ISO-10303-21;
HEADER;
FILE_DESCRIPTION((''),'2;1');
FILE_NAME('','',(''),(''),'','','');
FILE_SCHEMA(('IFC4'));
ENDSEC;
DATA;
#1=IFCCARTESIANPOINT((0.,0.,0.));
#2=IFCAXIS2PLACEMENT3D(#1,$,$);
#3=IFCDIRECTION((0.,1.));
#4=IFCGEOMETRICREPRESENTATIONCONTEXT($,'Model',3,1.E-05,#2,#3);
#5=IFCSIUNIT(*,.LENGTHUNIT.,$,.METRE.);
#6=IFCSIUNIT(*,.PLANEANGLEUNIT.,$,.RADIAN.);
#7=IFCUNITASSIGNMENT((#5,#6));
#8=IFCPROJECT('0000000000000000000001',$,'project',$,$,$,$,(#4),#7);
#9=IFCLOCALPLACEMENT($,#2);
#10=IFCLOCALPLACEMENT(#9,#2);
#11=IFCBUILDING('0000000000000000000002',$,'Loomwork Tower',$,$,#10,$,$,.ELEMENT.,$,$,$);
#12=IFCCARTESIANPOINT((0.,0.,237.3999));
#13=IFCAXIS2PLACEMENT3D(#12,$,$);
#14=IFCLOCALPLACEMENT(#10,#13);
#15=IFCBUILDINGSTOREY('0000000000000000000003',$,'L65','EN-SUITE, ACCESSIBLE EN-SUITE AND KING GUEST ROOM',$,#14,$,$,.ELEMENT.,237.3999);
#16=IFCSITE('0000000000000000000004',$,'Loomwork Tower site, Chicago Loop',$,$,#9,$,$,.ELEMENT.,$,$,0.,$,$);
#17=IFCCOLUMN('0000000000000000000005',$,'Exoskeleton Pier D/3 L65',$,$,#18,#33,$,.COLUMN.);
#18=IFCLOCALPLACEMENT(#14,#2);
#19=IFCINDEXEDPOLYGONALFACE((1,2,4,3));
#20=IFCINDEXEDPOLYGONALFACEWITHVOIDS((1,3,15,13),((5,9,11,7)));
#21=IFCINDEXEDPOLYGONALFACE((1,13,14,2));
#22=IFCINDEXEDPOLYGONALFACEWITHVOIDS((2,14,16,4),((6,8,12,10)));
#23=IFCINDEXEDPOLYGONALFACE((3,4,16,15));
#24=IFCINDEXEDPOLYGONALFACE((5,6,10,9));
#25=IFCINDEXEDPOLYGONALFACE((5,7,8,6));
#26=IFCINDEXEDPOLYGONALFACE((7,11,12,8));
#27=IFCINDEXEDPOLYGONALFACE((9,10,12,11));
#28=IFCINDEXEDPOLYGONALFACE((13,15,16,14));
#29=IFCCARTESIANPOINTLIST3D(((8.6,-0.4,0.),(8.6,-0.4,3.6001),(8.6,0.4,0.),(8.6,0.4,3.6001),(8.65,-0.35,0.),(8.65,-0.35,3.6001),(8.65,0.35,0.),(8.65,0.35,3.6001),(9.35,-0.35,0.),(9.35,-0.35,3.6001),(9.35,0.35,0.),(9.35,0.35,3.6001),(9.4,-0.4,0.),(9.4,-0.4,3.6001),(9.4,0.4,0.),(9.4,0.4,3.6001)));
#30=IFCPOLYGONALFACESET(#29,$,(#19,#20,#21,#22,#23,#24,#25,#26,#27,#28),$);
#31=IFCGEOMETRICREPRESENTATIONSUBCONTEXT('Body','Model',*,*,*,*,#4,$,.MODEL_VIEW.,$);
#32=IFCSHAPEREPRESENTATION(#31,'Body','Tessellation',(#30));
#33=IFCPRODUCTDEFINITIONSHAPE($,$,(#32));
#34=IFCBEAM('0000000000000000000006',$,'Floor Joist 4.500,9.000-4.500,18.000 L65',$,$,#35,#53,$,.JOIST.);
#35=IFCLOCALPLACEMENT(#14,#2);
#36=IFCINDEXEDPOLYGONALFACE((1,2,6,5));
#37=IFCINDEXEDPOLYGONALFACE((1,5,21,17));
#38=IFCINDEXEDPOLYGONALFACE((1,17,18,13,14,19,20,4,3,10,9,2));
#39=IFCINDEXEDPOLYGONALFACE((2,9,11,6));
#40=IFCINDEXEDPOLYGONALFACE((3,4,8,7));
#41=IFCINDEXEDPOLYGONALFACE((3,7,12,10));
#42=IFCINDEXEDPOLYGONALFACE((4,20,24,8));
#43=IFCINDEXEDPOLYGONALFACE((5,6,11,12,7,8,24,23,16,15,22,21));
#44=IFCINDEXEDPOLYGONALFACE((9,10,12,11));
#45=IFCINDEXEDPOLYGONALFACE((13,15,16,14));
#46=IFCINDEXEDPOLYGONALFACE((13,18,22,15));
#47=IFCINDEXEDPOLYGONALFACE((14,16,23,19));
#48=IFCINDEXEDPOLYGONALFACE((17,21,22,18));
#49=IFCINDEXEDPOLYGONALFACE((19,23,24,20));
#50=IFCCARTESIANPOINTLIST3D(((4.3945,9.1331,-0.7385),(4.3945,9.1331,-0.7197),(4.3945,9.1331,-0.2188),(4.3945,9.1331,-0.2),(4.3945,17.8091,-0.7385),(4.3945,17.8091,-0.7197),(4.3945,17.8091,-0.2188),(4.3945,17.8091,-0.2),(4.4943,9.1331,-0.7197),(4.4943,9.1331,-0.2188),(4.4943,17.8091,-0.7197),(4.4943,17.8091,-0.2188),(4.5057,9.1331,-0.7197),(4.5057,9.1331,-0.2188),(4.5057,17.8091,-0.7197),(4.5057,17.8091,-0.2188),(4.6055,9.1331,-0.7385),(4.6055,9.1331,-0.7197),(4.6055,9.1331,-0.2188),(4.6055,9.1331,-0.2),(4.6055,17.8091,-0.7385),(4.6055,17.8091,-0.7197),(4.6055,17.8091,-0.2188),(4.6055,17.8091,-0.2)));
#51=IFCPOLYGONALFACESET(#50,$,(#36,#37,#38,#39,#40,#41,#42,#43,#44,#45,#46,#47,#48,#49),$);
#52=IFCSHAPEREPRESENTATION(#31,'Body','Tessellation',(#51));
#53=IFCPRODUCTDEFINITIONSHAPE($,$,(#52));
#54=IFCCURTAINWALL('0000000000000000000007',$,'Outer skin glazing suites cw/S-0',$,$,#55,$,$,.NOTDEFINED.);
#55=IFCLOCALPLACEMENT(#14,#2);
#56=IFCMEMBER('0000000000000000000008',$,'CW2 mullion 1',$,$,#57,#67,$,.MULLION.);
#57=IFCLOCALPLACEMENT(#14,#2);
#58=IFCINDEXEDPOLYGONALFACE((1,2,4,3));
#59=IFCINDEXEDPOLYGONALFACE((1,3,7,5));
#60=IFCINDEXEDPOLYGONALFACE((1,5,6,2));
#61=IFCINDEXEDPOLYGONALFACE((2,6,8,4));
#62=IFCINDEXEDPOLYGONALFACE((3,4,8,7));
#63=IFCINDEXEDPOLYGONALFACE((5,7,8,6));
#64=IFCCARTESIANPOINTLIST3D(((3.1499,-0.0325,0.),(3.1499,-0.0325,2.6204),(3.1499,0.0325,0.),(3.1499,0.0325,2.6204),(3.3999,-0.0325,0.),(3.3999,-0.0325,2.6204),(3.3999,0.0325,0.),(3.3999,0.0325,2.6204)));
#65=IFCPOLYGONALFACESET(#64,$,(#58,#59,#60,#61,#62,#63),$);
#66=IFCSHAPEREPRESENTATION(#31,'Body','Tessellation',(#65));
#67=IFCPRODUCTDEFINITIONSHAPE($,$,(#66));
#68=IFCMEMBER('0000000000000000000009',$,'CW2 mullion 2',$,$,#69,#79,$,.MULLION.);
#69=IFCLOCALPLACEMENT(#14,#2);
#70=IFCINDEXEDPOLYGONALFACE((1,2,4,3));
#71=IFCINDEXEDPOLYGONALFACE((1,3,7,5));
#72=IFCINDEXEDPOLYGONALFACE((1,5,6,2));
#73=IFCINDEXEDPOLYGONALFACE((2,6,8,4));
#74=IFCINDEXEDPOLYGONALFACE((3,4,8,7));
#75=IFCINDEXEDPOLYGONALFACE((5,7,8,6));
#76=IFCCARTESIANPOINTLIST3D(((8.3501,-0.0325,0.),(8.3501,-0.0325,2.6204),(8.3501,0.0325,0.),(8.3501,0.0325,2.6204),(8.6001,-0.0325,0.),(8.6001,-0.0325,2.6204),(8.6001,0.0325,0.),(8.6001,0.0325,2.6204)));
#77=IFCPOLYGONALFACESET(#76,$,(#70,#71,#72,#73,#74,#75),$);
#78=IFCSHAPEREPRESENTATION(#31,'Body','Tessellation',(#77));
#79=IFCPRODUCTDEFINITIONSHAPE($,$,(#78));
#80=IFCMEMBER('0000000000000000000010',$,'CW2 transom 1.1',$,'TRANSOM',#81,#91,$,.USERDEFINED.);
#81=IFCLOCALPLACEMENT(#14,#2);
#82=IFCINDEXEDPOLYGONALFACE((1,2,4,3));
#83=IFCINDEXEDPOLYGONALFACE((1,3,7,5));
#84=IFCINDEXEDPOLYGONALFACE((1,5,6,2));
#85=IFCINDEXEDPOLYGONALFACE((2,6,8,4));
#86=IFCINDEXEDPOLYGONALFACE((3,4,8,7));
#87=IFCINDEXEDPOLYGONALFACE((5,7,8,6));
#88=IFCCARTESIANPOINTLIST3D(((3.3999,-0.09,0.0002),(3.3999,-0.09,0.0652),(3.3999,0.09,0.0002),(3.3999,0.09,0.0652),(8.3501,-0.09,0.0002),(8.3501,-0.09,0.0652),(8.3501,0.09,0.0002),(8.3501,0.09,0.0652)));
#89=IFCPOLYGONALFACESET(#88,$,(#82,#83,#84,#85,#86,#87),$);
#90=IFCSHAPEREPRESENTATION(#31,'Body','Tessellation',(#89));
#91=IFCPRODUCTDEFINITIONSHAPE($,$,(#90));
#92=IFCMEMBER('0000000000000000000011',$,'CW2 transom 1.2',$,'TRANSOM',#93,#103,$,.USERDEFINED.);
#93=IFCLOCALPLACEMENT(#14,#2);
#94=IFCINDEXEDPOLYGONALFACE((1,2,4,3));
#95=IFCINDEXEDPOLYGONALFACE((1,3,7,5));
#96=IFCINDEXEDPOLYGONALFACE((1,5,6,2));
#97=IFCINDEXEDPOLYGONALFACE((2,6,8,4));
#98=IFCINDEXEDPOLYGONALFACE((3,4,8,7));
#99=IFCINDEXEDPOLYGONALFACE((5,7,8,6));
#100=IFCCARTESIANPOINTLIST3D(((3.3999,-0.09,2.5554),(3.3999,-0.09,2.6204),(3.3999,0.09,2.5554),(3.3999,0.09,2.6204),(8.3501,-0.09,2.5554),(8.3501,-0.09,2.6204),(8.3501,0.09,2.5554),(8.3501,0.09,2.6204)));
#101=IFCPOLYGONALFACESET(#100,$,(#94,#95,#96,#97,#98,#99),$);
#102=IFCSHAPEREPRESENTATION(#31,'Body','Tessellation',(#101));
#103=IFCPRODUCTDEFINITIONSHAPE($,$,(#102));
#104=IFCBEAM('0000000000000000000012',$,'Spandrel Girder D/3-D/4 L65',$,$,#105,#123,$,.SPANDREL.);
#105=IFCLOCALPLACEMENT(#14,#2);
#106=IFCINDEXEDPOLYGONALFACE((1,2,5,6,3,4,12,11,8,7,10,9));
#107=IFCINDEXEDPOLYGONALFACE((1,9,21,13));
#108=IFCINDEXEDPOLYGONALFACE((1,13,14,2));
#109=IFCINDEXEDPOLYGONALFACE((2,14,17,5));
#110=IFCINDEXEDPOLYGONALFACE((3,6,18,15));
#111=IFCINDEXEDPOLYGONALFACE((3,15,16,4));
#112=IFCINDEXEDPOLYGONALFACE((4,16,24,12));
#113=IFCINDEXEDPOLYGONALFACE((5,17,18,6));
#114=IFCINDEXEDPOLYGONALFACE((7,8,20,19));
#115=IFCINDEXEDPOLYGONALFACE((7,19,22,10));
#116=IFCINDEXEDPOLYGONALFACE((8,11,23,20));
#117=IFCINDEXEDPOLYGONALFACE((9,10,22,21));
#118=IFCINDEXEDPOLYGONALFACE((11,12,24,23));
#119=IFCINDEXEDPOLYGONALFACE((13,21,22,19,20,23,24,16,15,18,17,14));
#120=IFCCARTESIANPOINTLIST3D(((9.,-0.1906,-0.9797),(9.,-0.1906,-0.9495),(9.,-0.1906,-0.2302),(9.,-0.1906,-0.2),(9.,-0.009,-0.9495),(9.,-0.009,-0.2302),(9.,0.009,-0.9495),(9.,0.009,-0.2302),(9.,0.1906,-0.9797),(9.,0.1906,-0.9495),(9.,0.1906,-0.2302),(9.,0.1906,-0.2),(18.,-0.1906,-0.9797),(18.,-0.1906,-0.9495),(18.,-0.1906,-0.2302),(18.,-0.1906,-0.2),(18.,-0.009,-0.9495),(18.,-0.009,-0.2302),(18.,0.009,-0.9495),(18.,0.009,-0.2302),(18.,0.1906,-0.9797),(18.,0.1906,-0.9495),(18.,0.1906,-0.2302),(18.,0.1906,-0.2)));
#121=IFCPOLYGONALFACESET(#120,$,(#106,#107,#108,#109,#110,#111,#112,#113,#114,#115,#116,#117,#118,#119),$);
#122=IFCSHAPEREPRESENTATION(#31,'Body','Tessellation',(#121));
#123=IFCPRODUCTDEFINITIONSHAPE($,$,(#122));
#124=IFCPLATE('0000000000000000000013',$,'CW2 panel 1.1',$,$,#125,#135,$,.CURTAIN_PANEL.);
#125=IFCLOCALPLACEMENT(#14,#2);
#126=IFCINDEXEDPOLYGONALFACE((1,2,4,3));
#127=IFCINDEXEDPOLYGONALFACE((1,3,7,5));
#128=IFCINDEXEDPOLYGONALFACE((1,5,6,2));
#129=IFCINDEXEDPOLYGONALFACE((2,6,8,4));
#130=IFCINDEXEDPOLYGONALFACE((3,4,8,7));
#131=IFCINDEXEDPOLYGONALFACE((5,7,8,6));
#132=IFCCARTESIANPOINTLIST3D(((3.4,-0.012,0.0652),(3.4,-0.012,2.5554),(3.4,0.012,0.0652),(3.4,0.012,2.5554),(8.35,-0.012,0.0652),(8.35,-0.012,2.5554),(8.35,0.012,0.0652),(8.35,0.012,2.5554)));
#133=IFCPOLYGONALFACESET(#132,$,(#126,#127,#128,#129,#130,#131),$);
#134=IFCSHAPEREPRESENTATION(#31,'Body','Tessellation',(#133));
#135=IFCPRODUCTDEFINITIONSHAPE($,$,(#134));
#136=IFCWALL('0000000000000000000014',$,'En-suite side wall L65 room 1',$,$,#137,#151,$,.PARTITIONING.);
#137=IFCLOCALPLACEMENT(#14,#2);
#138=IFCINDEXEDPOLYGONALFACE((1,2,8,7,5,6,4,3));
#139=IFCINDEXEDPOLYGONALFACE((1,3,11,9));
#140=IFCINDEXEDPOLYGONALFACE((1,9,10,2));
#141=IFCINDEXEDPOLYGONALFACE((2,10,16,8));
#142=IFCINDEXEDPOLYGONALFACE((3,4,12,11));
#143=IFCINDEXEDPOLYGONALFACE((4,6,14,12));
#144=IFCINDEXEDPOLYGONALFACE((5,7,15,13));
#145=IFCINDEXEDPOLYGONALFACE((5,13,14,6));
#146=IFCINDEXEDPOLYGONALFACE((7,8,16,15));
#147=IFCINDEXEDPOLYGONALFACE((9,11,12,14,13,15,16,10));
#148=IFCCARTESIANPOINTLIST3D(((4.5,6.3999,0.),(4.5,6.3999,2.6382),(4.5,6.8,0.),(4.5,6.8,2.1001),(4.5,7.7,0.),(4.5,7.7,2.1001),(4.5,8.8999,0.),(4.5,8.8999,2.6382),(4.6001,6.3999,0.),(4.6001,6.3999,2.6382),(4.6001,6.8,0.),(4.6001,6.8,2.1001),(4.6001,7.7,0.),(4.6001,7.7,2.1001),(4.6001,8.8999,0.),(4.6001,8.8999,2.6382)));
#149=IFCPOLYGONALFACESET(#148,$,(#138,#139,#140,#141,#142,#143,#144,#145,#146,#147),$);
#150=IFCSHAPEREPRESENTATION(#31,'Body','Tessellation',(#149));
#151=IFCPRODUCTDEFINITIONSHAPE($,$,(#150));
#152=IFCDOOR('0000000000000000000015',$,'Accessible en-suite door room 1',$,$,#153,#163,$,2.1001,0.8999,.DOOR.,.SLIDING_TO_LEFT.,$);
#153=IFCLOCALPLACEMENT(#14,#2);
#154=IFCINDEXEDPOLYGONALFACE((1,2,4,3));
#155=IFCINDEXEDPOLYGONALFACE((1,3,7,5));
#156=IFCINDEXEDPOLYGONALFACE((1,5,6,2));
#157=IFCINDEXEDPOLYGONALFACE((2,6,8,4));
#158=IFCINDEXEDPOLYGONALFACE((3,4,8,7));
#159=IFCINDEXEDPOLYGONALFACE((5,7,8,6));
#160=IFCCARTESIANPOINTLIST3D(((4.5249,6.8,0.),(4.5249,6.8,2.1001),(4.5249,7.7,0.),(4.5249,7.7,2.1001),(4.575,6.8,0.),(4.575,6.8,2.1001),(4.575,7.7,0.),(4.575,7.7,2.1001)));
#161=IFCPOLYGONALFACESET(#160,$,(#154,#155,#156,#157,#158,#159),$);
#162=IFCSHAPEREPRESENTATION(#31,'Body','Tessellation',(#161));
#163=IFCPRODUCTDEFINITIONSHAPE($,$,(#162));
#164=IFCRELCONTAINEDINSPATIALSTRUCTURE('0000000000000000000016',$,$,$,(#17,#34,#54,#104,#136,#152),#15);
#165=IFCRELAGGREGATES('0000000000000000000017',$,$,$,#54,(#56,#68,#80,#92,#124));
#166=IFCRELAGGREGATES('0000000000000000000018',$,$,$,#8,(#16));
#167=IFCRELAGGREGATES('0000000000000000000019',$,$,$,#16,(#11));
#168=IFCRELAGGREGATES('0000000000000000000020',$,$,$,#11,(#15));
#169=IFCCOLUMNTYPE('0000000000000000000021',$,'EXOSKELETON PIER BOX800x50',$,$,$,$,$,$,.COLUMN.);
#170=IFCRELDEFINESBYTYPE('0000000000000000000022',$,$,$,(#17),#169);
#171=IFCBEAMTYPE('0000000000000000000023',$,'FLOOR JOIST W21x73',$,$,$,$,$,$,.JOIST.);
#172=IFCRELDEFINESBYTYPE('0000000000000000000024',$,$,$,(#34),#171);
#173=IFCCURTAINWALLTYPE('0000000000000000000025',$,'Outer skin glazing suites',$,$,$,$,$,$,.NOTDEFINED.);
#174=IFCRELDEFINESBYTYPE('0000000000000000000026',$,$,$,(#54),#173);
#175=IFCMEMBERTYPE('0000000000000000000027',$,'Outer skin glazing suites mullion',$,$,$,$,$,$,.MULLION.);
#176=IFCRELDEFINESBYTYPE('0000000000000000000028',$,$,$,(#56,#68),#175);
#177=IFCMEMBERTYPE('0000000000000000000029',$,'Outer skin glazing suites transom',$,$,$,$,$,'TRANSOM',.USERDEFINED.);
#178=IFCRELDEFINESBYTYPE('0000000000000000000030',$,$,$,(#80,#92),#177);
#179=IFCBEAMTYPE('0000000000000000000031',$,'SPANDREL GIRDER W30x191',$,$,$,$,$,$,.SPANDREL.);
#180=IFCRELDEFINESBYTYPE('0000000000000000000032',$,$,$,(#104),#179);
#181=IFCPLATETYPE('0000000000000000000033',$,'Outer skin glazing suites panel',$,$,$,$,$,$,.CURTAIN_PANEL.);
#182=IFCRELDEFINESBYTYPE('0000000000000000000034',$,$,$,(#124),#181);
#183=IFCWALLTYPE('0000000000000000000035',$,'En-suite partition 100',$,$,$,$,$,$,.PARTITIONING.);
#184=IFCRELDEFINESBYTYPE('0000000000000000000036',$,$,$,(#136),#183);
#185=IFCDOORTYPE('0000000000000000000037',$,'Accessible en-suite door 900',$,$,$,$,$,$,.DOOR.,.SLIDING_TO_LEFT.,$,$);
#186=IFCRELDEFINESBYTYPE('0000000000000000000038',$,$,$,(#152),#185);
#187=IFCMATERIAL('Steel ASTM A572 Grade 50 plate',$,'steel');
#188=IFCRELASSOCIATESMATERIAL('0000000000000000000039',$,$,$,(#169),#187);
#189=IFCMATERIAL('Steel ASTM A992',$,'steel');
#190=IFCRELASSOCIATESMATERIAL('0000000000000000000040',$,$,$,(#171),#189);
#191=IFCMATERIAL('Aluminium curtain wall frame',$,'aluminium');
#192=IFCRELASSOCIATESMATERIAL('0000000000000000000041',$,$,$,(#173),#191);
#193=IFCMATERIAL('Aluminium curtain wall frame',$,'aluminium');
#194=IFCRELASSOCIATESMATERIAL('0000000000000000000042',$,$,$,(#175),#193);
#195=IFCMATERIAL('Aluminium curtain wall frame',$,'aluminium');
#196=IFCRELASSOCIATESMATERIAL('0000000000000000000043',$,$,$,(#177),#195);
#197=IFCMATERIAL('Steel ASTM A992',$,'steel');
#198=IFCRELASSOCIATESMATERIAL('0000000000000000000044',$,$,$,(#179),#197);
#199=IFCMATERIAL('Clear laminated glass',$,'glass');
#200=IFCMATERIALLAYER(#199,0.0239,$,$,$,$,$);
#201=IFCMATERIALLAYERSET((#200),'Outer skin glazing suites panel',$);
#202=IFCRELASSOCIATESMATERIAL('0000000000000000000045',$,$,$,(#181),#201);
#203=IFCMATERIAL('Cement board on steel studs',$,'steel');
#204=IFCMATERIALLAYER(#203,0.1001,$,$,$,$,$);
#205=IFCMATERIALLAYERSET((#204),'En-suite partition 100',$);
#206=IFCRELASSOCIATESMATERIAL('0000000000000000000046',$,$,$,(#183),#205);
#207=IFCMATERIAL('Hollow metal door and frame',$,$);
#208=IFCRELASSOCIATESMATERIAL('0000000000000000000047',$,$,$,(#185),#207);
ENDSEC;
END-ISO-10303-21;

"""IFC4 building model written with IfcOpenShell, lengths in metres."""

from ifc_helpers import new_model, si_unit, direction, frame, frame_2d, origin, origin_2d, place, context, subcontext, project, spatial, rectangle, hollow_rectangle, i_section, extrude, material, layer, layer_set, material_profile, profile_set, type_object, element, fill, aggregate, save


model = new_model("IFC4")

# Units and contexts
model_context = context("Model", 3, precision=1e-05, world=origin(), true_north=direction((0.0, 1.0)))
body_context = subcontext(model_context, "Body", "Model", "MODEL_VIEW")
ifc_project = project(units=[si_unit("LENGTHUNIT", "METRE"), si_unit("PLANEANGLEUNIT", "RADIAN")], contexts=[model_context])

# Site, building, storey
site_placement = place(None, origin())
site = spatial("IfcSite", under=ifc_project, at=site_placement, Name="Loomwork Tower site, Chicago Loop", CompositionType="ELEMENT", RefElevation=0.0)
building_placement = place(site_placement, origin())
building = spatial("IfcBuilding", under=site, at=building_placement, Name="Loomwork Tower", CompositionType="ELEMENT")
storey_placement = place(building_placement, frame((0.0, 0.0, 237.3999)))
storey = spatial("IfcBuildingStorey", under=building, at=storey_placement, Name="L65", Description="EN-SUITE, ACCESSIBLE EN-SUITE AND KING GUEST ROOM", CompositionType="ELEMENT", Elevation=237.3999)

# Column
ifc_material_1 = material(Name="Steel ASTM A572 Grade 50 plate", Category="steel")
ifc_material_profile_1 = material_profile(ifc_material_1, hollow_rectangle(XDim=0.8, YDim=0.8, WallThickness=0.05, at=origin_2d()), Name="BOX800x50")
ifc_profile_set_1 = profile_set([ifc_material_profile_1], Name="Steel ASTM A572 Grade 50 plate")
column_type = type_object("IfcColumnType", Name="EXOSKELETON PIER BOX800x50", PredefinedType="COLUMN", material=ifc_profile_set_1)
column_placement = place(storey_placement, frame((9.0, 0.0, 0.0), z_axis=(0.0, 0.0, 1.0), x_axis=(1.0, 0.0, 0.0)))
element("IfcColumn", 1, at=column_placement, inside=storey, type_object=column_type, Name="Exoskeleton Pier D/3 L65", PredefinedType="COLUMN", context=body_context, shape_type="SweptSolid", body=[
    extrude(hollow_rectangle(XDim=0.8, YDim=0.8, WallThickness=0.05, at=origin_2d()), origin(), (0.0, 0.0, 1.0), 3.6001),
])

# Beam
ifc_material_2 = material(Name="Steel ASTM A992", Category="steel")
ifc_material_profile_2 = material_profile(ifc_material_2, i_section(OverallWidth=0.2109, OverallDepth=0.5386, WebThickness=0.0115, FlangeThickness=0.0188, at=origin_2d()), Name="W21x73")
ifc_profile_set_2 = profile_set([ifc_material_profile_2], Name="Steel ASTM A992")
beam_type_1 = type_object("IfcBeamType", Name="FLOOR JOIST W21x73", PredefinedType="JOIST", material=ifc_profile_set_2)
beam_1_placement = place(storey_placement, frame((4.5, 9.1331, -0.4692), z_axis=(0.0, 1.0, 0.0), x_axis=(-1.0, 0.0, 0.0)))
element("IfcBeam", 2, at=beam_1_placement, inside=storey, type_object=beam_type_1, Name="Floor Joist 4.500,9.000-4.500,18.000 L65", PredefinedType="JOIST", context=body_context, shape_type="SweptSolid", body=[
    extrude(i_section(OverallWidth=0.2109, OverallDepth=0.5386, WebThickness=0.0115, FlangeThickness=0.0188, at=origin_2d()), origin(), (0.0, 0.0, 1.0), 8.676),
])

# Curtain wall, members
ifc_material_3 = material(Name="Aluminium curtain wall frame", Category="aluminium")
curtain_wall_type = type_object("IfcCurtainWallType", Name="Outer skin glazing suites", PredefinedType="NOTDEFINED", material=ifc_material_3)
curtain_wall_placement = place(storey_placement, origin())
curtain_wall = element("IfcCurtainWall", 3, at=curtain_wall_placement, inside=storey, type_object=curtain_wall_type, Name="Outer skin glazing suites cw/S-0", PredefinedType="NOTDEFINED")
ifc_material_4 = material(Name="Aluminium curtain wall frame", Category="aluminium")
ifc_material_profile_3 = material_profile(ifc_material_4, rectangle(XDim=0.0649, YDim=0.25, at=origin_2d()), Name="AL 65x250")
ifc_profile_set_3 = profile_set([ifc_material_profile_3], Name="Aluminium curtain wall frame")
member_type_1 = type_object("IfcMemberType", Name="Outer skin glazing suites mullion", PredefinedType="MULLION", material=ifc_profile_set_3)
member_1_placement = place(storey_placement, frame((3.2749, 0.0, 0.0), z_axis=(0.0, 0.0, 1.0), x_axis=(0.0, 1.0, 0.0)))
member_1 = element("IfcMember", 4, at=member_1_placement, type_object=member_type_1, Name="CW2 mullion 1", PredefinedType="MULLION", context=body_context, shape_type="SweptSolid", body=[
    extrude(rectangle(XDim=0.0649, YDim=0.25, at=origin_2d()), origin(), (0.0, 0.0, 1.0), 2.6204),
])
member_2_placement = place(storey_placement, frame((8.4751, 0.0, 0.0), z_axis=(0.0, 0.0, 1.0), x_axis=(0.0, 1.0, 0.0)))
member_2 = element("IfcMember", 5, at=member_2_placement, type_object=member_type_1, Name="CW2 mullion 2", PredefinedType="MULLION", context=body_context, shape_type="SweptSolid", body=[
    extrude(rectangle(XDim=0.0649, YDim=0.25, at=origin_2d()), origin(), (0.0, 0.0, 1.0), 2.6204),
])
ifc_material_5 = material(Name="Aluminium curtain wall frame", Category="aluminium")
ifc_material_profile_4 = material_profile(ifc_material_5, rectangle(XDim=0.1799, YDim=0.0649, at=origin_2d()), Name="AL 65x180")
ifc_profile_set_4 = profile_set([ifc_material_profile_4], Name="Aluminium curtain wall frame")
member_type_2 = type_object("IfcMemberType", Name="Outer skin glazing suites transom", ElementType="TRANSOM", PredefinedType="USERDEFINED", material=ifc_profile_set_4)
member_3_placement = place(storey_placement, frame((3.3999, 0.0, 0.0327), z_axis=(1.0, 0.0, 0.0), x_axis=(0.0, 1.0, 0.0)))
member_3 = element("IfcMember", 6, at=member_3_placement, type_object=member_type_2, Name="CW2 transom 1.1", ObjectType="TRANSOM", PredefinedType="USERDEFINED", context=body_context, shape_type="SweptSolid", body=[
    extrude(rectangle(XDim=0.1799, YDim=0.0649, at=origin_2d()), origin(), (0.0, 0.0, 1.0), 4.9502),
])
member_4_placement = place(storey_placement, frame((3.3999, 0.0, 2.5879), z_axis=(1.0, 0.0, 0.0), x_axis=(0.0, 1.0, 0.0)))
member_4 = element("IfcMember", 7, at=member_4_placement, type_object=member_type_2, Name="CW2 transom 1.2", ObjectType="TRANSOM", PredefinedType="USERDEFINED", context=body_context, shape_type="SweptSolid", body=[
    extrude(rectangle(XDim=0.1799, YDim=0.0649, at=origin_2d()), origin(), (0.0, 0.0, 1.0), 4.9502),
])

# Beam
ifc_material_6 = material(Name="Steel ASTM A992", Category="steel")
ifc_material_profile_5 = material_profile(ifc_material_6, i_section(OverallWidth=0.3811, OverallDepth=0.7798, WebThickness=0.0181, FlangeThickness=0.0303, at=origin_2d()), Name="W30x191")
ifc_profile_set_5 = profile_set([ifc_material_profile_5], Name="Steel ASTM A992")
beam_type_2 = type_object("IfcBeamType", Name="SPANDREL GIRDER W30x191", PredefinedType="SPANDREL", material=ifc_profile_set_5)
beam_2_placement = place(storey_placement, frame((9.0, 0.0, -0.5898), z_axis=(1.0, 0.0, 0.0), x_axis=(0.0, 1.0, 0.0)))
element("IfcBeam", 8, at=beam_2_placement, inside=storey, type_object=beam_type_2, Name="Spandrel Girder D/3-D/4 L65", PredefinedType="SPANDREL", context=body_context, shape_type="SweptSolid", body=[
    extrude(i_section(OverallWidth=0.3811, OverallDepth=0.7798, WebThickness=0.0181, FlangeThickness=0.0303, at=origin_2d()), origin(), (0.0, 0.0, 1.0), 9.0),
])

# Plate
ifc_material_7 = material(Name="Clear laminated glass", Category="glass")
ifc_layer_1 = layer(ifc_material_7, 0.0239)
ifc_layer_set_1 = layer_set([ifc_layer_1], Name="Outer skin glazing suites panel")
plate_type = type_object("IfcPlateType", Name="Outer skin glazing suites panel", PredefinedType="CURTAIN_PANEL", material=ifc_layer_set_1)
plate_placement = place(storey_placement, frame((5.875, 0.0, 0.0652), z_axis=(0.0, 0.0, 1.0), x_axis=(1.0, 0.0, 0.0)))
plate = element("IfcPlate", 9, at=plate_placement, type_object=plate_type, Name="CW2 panel 1.1", PredefinedType="CURTAIN_PANEL", context=body_context, shape_type="SweptSolid", body=[
    extrude(rectangle(XDim=4.95, YDim=0.0239, at=origin_2d()), origin(), (0.0, 0.0, 1.0), 2.4902),
])
aggregate(curtain_wall, [member_1, member_2, member_3, member_4, plate])

# Wall, opening, door
ifc_material_8 = material(Name="Cement board on steel studs", Category="steel")
ifc_layer_2 = layer(ifc_material_8, 0.1001)
ifc_layer_set_2 = layer_set([ifc_layer_2], Name="En-suite partition 100")
wall_type_1 = type_object("IfcWallType", Name="En-suite partition 100", PredefinedType="PARTITIONING", material=ifc_layer_set_2)
wall_1_placement = place(storey_placement, frame((4.55, 8.8999, 0.0), z_axis=(0.0, 0.0, 1.0), x_axis=(0.0, -1.0, 0.0)))
wall_1 = element("IfcWall", 10, at=wall_1_placement, inside=storey, type_object=wall_type_1, Name="En-suite side wall L65 room 1", PredefinedType="PARTITIONING", context=body_context, shape_type="SweptSolid", body=[
    extrude(rectangle(XDim=2.5, YDim=0.1001, at=frame_2d((1.25, 0.0))), origin(), (0.0, 0.0, 1.0), 2.6382),
])
opening_1_placement = place(wall_1_placement, frame((1.2, 0.0, 0.0)))
opening_1 = element("IfcOpeningElement", 11, at=opening_1_placement, cuts=wall_1, PredefinedType="OPENING", context=body_context, shape_type="SweptSolid", body=[
    extrude(rectangle(XDim=0.8999, YDim=2.1001, at=frame_2d((0.45, 1.05))), frame((0.0, 0.0601, 0.0), z_axis=(0.0, -1.0, 0.0), x_axis=(1.0, 0.0, 0.0)), (0.0, 0.0, 1.0), 0.1201),
])
ifc_material_9 = material(Name="Hollow metal door and frame")
door_type = type_object("IfcDoorType", Name="Accessible en-suite door 900", OperationType="SLIDING_TO_LEFT", PredefinedType="DOOR", material=ifc_material_9)
door_placement = place(opening_1_placement, origin())
door = element("IfcDoor", 12, at=door_placement, inside=storey, type_object=door_type, Name="Accessible en-suite door room 1", OperationType="SLIDING_TO_LEFT", OverallHeight=2.1001, OverallWidth=0.8999, PredefinedType="DOOR", context=body_context, shape_type="SweptSolid", body=[
    extrude(rectangle(XDim=0.8999, YDim=2.1001, at=frame_2d((0.45, 1.05))), frame((0.0, 0.0249, 0.0), z_axis=(0.0, -1.0, 0.0), x_axis=(1.0, 0.0, 0.0)), (0.0, 0.0, 1.0), 0.05),
])
fill(opening_1, door)

save(model, "model.ifc")
